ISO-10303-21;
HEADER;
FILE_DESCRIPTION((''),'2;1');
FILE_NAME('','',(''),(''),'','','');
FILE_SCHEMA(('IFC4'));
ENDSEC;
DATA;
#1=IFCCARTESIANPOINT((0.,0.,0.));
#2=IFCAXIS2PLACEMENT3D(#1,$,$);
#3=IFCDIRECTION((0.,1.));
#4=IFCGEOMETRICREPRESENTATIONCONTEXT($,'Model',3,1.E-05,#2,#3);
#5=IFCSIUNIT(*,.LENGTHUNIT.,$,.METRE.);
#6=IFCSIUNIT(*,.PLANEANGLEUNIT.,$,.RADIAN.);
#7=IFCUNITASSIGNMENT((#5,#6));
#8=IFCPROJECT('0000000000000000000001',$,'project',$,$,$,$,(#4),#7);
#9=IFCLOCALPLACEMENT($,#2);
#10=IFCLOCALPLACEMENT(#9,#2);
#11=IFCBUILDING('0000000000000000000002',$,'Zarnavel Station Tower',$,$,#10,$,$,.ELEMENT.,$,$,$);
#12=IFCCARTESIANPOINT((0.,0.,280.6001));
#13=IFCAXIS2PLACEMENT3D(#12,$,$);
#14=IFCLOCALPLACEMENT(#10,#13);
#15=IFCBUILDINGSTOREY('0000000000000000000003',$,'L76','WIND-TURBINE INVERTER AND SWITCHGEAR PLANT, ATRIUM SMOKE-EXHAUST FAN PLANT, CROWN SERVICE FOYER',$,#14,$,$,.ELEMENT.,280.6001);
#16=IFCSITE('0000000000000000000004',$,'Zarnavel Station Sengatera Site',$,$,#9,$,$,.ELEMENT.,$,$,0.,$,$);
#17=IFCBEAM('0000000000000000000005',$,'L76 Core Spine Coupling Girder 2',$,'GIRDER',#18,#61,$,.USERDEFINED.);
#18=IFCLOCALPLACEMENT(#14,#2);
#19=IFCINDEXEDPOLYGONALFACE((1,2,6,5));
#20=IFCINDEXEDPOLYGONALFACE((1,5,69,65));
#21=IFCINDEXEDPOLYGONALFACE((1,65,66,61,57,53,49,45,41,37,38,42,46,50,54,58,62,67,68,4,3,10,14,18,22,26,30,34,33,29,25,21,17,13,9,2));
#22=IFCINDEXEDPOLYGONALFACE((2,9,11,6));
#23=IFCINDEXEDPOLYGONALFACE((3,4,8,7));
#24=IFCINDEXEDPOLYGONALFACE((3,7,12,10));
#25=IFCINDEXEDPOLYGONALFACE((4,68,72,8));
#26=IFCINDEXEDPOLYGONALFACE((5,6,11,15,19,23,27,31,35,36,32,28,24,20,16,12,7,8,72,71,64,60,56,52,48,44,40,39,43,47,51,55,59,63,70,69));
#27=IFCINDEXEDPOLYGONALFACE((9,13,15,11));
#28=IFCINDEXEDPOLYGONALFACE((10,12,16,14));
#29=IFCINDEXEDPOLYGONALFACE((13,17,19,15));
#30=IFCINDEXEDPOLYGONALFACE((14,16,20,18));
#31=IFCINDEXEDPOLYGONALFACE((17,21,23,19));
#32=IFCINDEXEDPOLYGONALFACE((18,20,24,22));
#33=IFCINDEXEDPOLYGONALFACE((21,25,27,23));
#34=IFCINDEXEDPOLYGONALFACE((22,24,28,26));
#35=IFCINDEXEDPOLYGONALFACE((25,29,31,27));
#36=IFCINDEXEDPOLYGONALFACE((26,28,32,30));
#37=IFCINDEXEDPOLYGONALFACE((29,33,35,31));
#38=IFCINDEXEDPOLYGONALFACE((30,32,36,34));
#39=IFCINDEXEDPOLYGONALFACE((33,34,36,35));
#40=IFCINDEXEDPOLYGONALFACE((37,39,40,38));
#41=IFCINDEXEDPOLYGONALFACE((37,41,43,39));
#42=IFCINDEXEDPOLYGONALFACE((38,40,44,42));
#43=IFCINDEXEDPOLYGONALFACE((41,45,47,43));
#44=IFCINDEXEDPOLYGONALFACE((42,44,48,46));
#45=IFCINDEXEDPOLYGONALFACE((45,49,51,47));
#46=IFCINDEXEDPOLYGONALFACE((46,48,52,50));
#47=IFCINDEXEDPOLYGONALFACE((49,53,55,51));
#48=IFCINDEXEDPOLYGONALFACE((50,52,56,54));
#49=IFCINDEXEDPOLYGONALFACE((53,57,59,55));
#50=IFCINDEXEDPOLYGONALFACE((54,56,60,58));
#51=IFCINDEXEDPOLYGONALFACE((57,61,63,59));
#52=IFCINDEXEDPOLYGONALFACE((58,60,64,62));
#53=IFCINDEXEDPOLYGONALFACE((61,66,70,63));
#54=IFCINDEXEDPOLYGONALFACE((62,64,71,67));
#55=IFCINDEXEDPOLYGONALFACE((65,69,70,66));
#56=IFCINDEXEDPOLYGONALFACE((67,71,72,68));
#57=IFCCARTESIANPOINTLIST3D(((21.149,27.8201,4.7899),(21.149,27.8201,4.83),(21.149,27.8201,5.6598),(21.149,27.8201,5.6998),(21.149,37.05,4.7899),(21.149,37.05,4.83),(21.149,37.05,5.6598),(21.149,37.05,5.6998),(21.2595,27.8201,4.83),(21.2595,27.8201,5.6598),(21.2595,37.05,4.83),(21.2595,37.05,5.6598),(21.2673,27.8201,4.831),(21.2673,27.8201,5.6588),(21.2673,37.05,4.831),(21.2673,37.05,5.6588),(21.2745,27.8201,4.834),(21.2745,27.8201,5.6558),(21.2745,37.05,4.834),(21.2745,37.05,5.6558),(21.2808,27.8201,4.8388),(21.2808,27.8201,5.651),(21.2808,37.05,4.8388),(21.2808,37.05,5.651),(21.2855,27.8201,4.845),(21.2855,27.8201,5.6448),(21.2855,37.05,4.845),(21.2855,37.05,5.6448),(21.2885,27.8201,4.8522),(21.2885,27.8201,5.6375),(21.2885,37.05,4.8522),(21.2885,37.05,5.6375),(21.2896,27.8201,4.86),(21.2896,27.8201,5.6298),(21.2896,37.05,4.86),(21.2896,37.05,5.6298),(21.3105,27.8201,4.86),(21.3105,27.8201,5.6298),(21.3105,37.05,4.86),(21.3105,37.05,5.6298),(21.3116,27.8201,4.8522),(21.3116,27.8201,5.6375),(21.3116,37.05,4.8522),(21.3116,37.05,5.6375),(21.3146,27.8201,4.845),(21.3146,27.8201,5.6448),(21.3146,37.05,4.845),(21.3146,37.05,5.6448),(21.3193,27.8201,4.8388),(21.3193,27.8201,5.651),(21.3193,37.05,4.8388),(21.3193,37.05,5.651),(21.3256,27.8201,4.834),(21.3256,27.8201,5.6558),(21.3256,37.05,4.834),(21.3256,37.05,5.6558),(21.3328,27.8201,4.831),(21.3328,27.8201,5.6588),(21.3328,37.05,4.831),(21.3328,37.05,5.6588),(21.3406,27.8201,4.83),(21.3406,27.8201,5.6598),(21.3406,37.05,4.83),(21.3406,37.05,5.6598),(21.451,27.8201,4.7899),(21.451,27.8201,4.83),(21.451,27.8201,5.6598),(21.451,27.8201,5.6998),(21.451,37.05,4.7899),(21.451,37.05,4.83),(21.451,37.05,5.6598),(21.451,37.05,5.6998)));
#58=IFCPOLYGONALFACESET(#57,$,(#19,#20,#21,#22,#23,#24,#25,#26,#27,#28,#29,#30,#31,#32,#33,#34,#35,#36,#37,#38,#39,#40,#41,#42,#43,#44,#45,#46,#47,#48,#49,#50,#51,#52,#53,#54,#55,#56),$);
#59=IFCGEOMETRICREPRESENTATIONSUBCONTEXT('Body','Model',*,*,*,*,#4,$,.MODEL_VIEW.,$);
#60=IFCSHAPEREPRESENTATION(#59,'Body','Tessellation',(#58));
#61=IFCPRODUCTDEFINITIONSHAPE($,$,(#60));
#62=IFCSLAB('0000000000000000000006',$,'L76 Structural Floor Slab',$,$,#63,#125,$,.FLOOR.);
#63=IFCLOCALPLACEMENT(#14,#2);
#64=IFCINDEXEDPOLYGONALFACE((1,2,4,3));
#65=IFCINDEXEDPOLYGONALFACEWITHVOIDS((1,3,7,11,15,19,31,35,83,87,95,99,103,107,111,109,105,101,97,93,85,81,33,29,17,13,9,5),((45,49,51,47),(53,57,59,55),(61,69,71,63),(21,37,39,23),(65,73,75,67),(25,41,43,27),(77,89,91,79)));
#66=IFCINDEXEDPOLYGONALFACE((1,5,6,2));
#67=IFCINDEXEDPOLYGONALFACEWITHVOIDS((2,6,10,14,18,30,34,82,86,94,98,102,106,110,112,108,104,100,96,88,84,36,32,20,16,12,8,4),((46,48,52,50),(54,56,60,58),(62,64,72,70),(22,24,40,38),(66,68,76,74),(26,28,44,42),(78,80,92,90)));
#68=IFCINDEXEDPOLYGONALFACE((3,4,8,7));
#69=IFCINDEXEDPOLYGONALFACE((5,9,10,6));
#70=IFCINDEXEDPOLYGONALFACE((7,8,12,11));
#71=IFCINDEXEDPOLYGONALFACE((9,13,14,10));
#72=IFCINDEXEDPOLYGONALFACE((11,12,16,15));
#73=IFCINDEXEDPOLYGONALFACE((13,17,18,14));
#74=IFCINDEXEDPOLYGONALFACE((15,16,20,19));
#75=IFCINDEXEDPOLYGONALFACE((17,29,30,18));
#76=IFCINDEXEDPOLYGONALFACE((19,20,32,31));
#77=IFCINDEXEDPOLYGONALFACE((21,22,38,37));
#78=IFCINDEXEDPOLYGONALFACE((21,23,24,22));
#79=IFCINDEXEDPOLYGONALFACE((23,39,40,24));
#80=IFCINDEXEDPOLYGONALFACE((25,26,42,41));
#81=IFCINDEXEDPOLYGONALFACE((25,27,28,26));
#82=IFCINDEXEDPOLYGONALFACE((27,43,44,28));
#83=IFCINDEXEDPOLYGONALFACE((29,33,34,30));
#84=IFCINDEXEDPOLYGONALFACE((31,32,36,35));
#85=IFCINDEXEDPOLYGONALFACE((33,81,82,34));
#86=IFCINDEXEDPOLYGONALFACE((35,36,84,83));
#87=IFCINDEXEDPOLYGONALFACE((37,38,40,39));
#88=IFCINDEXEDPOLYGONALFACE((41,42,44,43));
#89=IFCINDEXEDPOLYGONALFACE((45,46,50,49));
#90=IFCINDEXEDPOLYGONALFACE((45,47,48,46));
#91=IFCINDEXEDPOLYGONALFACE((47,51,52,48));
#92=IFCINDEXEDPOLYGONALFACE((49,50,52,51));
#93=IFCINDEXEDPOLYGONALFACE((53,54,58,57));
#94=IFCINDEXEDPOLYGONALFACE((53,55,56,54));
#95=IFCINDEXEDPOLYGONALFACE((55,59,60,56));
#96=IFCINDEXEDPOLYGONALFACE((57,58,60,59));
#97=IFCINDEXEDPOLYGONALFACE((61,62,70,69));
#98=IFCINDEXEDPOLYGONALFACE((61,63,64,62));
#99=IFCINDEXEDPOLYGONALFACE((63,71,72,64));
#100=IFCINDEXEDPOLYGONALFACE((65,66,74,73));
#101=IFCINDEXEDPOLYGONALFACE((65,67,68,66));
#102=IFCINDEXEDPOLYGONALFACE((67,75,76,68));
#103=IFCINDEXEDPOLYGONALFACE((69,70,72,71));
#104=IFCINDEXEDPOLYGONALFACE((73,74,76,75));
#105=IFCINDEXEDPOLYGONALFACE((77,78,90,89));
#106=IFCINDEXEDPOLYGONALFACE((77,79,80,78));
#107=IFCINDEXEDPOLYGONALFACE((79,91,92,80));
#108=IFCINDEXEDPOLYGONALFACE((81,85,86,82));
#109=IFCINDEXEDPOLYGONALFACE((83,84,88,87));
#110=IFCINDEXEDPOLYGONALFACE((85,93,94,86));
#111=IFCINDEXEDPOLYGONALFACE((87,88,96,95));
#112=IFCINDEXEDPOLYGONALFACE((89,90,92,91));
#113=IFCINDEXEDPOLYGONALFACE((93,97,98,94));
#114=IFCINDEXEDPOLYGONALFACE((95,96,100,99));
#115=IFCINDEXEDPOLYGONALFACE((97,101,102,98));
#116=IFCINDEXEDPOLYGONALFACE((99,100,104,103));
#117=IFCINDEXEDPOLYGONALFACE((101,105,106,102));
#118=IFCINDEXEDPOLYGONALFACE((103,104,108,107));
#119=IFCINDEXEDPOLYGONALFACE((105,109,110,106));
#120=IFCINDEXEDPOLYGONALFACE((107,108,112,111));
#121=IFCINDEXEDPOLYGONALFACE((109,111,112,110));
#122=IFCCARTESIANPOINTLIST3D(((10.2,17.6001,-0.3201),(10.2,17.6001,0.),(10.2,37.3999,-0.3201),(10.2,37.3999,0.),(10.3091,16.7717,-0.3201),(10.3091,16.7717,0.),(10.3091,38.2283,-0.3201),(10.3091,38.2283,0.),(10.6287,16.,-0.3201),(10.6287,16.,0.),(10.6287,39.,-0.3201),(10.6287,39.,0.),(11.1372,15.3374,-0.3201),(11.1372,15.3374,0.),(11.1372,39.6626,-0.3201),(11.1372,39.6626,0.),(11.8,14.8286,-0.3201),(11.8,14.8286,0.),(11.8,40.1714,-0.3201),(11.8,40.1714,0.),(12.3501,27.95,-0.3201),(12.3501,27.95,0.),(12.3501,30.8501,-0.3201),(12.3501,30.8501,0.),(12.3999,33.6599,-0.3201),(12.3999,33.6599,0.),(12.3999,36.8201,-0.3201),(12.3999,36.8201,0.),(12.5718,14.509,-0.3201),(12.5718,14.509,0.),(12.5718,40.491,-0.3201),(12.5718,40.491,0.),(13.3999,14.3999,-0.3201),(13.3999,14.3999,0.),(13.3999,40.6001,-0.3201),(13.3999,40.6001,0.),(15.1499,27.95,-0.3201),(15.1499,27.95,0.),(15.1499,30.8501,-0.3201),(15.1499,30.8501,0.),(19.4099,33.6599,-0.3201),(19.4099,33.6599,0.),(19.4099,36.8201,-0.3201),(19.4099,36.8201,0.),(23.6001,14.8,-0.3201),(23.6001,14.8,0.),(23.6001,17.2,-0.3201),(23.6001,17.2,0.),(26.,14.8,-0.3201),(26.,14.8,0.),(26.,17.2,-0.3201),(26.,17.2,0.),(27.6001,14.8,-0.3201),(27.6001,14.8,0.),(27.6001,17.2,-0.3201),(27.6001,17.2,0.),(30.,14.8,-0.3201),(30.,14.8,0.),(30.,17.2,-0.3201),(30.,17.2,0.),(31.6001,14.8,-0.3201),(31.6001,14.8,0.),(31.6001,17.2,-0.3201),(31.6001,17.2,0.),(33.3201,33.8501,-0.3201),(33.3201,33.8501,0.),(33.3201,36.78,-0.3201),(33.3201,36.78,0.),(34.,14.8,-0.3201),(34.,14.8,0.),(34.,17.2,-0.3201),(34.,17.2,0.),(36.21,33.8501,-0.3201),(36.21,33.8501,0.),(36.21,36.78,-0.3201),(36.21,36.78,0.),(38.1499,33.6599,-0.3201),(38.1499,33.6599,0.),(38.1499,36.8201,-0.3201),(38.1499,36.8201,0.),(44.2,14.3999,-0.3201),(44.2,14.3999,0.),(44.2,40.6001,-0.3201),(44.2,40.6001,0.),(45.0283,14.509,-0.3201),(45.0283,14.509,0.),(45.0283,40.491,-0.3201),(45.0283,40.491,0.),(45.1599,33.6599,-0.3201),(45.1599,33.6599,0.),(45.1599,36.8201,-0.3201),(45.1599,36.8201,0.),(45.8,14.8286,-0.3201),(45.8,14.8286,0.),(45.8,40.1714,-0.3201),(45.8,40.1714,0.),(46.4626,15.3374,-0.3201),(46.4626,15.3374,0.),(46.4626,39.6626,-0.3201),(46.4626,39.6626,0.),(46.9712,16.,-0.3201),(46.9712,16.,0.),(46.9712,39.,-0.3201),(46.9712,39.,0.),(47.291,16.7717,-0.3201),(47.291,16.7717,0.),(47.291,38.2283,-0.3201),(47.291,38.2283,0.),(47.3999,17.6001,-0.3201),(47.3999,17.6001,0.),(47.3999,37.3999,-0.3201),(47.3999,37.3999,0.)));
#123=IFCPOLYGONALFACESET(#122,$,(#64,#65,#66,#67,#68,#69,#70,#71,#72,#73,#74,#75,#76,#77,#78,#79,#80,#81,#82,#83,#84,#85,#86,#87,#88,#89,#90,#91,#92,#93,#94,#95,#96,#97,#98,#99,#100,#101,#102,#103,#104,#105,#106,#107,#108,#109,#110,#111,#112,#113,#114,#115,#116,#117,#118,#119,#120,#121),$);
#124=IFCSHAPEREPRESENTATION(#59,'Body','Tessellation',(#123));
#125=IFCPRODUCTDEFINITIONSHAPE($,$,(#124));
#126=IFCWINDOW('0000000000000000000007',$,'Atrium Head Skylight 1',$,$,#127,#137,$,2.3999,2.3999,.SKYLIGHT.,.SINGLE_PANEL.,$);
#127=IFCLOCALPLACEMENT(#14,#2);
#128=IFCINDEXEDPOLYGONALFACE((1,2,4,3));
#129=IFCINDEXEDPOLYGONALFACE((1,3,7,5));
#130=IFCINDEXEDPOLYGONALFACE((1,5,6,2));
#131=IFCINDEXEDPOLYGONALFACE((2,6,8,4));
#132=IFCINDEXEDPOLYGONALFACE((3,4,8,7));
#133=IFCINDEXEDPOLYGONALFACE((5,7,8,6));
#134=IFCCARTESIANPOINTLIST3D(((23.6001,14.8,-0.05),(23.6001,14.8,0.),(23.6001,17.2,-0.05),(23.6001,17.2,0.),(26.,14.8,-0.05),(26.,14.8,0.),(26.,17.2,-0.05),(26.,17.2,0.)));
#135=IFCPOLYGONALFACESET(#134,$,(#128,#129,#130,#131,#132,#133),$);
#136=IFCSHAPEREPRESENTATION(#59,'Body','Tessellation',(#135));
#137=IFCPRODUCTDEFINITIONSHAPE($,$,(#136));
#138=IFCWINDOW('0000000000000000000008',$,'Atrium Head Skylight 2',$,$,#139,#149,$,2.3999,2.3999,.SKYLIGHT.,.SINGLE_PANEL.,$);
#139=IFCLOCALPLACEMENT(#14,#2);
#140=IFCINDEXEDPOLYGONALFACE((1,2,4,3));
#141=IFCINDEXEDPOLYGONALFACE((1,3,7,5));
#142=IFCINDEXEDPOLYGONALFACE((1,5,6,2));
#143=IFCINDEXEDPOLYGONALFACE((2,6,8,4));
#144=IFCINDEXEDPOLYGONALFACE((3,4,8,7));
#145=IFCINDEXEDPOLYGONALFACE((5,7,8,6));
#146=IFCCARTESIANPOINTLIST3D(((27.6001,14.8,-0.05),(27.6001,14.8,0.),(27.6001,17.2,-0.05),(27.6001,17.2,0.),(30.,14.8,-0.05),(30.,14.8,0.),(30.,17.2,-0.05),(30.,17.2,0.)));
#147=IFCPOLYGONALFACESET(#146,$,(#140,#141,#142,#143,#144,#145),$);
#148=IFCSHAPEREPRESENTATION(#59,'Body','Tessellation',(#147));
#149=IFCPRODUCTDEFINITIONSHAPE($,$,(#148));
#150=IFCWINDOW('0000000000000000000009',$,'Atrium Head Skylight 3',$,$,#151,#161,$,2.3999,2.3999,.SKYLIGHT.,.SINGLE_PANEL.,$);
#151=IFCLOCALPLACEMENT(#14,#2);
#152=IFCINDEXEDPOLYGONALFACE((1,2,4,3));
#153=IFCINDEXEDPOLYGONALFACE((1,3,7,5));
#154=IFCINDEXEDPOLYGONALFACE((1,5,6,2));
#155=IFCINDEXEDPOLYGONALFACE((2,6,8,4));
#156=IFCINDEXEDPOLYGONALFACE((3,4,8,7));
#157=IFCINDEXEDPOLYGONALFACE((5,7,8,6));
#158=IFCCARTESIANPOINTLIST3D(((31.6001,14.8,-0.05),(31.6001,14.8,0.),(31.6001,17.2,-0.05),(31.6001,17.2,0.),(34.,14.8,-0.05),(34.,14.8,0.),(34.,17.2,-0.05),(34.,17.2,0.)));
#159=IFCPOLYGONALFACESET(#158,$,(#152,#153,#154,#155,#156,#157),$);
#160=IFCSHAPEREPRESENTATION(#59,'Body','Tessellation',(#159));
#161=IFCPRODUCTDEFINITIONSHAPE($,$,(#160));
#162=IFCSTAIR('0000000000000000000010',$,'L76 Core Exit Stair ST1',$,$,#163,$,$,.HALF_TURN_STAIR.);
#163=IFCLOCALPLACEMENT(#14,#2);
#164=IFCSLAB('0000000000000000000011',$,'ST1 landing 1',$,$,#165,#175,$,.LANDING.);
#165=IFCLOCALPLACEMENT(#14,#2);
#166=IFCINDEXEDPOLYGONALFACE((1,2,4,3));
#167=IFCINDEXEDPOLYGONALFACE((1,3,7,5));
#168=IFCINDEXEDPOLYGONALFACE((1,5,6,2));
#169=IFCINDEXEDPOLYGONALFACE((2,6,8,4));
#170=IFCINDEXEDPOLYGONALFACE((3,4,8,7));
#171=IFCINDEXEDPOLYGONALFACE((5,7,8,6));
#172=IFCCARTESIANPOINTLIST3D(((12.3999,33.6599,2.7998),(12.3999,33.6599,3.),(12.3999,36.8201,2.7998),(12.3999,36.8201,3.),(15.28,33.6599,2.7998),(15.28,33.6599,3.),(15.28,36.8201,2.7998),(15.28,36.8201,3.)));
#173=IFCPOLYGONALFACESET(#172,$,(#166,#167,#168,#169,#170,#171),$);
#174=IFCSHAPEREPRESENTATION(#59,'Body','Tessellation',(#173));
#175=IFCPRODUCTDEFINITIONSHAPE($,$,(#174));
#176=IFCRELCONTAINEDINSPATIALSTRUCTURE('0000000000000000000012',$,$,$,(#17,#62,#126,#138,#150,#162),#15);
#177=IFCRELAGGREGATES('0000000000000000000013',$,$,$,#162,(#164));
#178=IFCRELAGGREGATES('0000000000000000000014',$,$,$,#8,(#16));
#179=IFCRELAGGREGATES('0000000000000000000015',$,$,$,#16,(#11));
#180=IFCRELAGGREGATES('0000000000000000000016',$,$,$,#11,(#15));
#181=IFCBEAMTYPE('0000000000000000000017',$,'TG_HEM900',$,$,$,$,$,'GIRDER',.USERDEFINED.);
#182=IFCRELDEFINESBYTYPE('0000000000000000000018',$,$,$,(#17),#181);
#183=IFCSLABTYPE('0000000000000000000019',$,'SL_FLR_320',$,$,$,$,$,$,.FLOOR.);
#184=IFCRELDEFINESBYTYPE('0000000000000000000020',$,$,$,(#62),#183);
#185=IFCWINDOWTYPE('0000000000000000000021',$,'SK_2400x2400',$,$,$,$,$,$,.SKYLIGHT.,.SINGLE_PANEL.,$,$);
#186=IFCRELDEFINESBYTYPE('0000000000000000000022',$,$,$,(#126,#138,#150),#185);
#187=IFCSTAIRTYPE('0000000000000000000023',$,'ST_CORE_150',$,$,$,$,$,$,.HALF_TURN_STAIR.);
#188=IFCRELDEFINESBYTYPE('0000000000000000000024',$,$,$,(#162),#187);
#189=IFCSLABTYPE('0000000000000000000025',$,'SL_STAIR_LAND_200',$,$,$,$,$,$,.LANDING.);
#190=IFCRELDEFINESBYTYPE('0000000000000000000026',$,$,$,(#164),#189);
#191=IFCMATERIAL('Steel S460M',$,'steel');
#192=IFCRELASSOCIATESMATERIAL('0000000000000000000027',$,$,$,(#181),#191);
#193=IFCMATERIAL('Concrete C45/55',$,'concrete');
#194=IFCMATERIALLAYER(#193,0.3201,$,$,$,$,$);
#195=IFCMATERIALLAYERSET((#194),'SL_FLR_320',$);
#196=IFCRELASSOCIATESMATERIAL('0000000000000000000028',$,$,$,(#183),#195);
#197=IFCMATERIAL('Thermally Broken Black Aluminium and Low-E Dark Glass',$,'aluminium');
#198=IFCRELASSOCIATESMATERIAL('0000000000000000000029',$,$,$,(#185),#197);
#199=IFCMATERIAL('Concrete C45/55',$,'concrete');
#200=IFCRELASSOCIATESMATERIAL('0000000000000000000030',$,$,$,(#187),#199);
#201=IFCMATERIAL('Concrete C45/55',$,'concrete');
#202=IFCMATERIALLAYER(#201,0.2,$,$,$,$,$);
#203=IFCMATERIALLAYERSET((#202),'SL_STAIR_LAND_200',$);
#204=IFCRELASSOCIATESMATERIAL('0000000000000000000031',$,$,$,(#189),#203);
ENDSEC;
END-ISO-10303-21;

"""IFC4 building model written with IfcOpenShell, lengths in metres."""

from ifc_helpers import new_model, si_unit, direction, frame, origin, origin_2d, place, context, subcontext, project, spatial, polyline, rectangle, i_section, outline, extrude, material, layer, layer_set, material_profile, profile_set, type_object, element, fill, aggregate, save


model = new_model("IFC4")

# Units and contexts
model_context = context("Model", 3, precision=1e-05, world=origin(), true_north=direction((0.0, 1.0)))
body_context = subcontext(model_context, "Body", "Model", "MODEL_VIEW")
ifc_project = project(units=[si_unit("LENGTHUNIT", "METRE"), si_unit("PLANEANGLEUNIT", "RADIAN")], contexts=[model_context])

# Site, building, storey
site_placement = place(None, origin())
site = spatial("IfcSite", under=ifc_project, at=site_placement, Name="Zarnavel Station Sengatera Site", CompositionType="ELEMENT", RefElevation=0.0)
building_placement = place(site_placement, origin())
building = spatial("IfcBuilding", under=site, at=building_placement, Name="Zarnavel Station Tower", CompositionType="ELEMENT")
storey_placement = place(building_placement, frame((0.0, 0.0, 280.6001)))
storey = spatial("IfcBuildingStorey", under=building, at=storey_placement, Name="L76", Description="WIND-TURBINE INVERTER AND SWITCHGEAR PLANT, ATRIUM SMOKE-EXHAUST FAN PLANT, CROWN SERVICE FOYER", CompositionType="ELEMENT", Elevation=280.6001)

# Beam
ifc_material_1 = material(Name="Steel S460M", Category="steel")
ifc_material_profile_1 = material_profile(ifc_material_1, i_section(OverallWidth=0.302, OverallDepth=0.9099, WebThickness=0.021, FlangeThickness=0.04, FilletRadius=0.03, at=origin_2d()), Name="HEM900")
ifc_profile_set_1 = profile_set([ifc_material_profile_1], Name="Steel S460M")
beam_type_1 = type_object("IfcBeamType", Name="TG_HEM900", ElementType="GIRDER", PredefinedType="USERDEFINED", material=ifc_profile_set_1)
for number, where, z_axis, x_axis, name in (
    (1, (21.3, 27.8201, 5.2449), (0.0, 1.0, 0.0), (-1.0, 0.0, 0.0), "L76 Core Spine Coupling Girder 2"),
):
    element("IfcBeam", number, at=place(storey_placement, frame(where, z_axis=z_axis, x_axis=x_axis)), inside=storey, type_object=beam_type_1, Name=name, ObjectType="GIRDER", PredefinedType="USERDEFINED", context=body_context, shape_type="SweptSolid", body=[
        extrude(i_section(OverallWidth=0.302, OverallDepth=0.9099, WebThickness=0.021, FlangeThickness=0.04, FilletRadius=0.03, at=origin_2d()), origin(), (0.0, 0.0, 1.0), 9.23),
    ])

# Slab, openings, windows
ifc_material_2 = material(Name="Concrete C45/55", Category="concrete")
ifc_layer_1 = layer(ifc_material_2, 0.3201)
ifc_layer_set_1 = layer_set([ifc_layer_1], Name="SL_FLR_320")
slab_type_1 = type_object("IfcSlabType", Name="SL_FLR_320", PredefinedType="FLOOR", material=ifc_layer_set_1)
slab_1_placement = place(storey_placement, frame((0.0, 0.0, -0.3201)))
slab_1 = element("IfcSlab", 2, at=slab_1_placement, inside=storey, type_object=slab_type_1, Name="L76 Structural Floor Slab", PredefinedType="FLOOR", context=body_context, shape_type="SweptSolid", body=[
    extrude(outline(polyline([(44.2, 14.3999), (45.0283, 14.509), (45.8, 14.8286), (46.4626, 15.3374), (46.9712, 16.0), (47.291, 16.7717), (47.3999, 17.6001), (47.3999, 37.3999), (47.291, 38.2283), (46.9712, 39.0), (46.4626, 39.6626), (45.8, 40.1714), (45.0283, 40.491), (44.2, 40.6001), (13.3999, 40.6001), (12.5718, 40.491), (11.8, 40.1714), (11.1372, 39.6626), (10.6287, 39.0), (10.3091, 38.2283), (10.2, 37.3999), (10.2, 17.6001), (10.3091, 16.7717), (10.6287, 16.0), (11.1372, 15.3374), (11.8, 14.8286), (12.5718, 14.509), (13.3999, 14.3999), (44.2, 14.3999)]), holes=[polyline([(12.3999, 33.6599), (19.4099, 33.6599), (19.4099, 36.8201), (12.3999, 36.8201), (12.3999, 33.6599)]), polyline([(38.1499, 33.6599), (45.1599, 33.6599), (45.1599, 36.8201), (38.1499, 36.8201), (38.1499, 33.6599)]), polyline([(12.3501, 27.95), (15.1499, 27.95), (15.1499, 30.8501), (12.3501, 30.8501), (12.3501, 27.95)]), polyline([(33.3201, 33.8501), (36.21, 33.8501), (36.21, 36.78), (33.3201, 36.78), (33.3201, 33.8501)]), polyline([(23.6001, 14.8), (26.0, 14.8), (26.0, 17.2), (23.6001, 17.2), (23.6001, 14.8)]), polyline([(27.6001, 14.8), (30.0, 14.8), (30.0, 17.2), (27.6001, 17.2), (27.6001, 14.8)]), polyline([(31.6001, 14.8), (34.0, 14.8), (34.0, 17.2), (31.6001, 17.2), (31.6001, 14.8)])]), origin(), (0.0, 0.0, 1.0), 0.3201),
])
opening_1_placement = place(slab_1_placement, frame((24.8, 16.0, 0.0)))
opening_1 = element("IfcOpeningElement", 3, at=opening_1_placement, cuts=slab_1, PredefinedType="OPENING", context=body_context, shape_type="SweptSolid", body=[
    extrude(rectangle(XDim=2.3999, YDim=2.3999, at=origin_2d()), origin(), (0.0, 0.0, 1.0), 0.3201),
])
opening_2_placement = place(slab_1_placement, frame((28.8, 16.0, 0.0)))
opening_2 = element("IfcOpeningElement", 4, at=opening_2_placement, cuts=slab_1, PredefinedType="OPENING", context=body_context, shape_type="SweptSolid", body=[
    extrude(rectangle(XDim=2.3999, YDim=2.3999, at=origin_2d()), origin(), (0.0, 0.0, 1.0), 0.3201),
])
opening_3_placement = place(slab_1_placement, frame((32.8, 16.0, 0.0)))
opening_3 = element("IfcOpeningElement", 5, at=opening_3_placement, cuts=slab_1, PredefinedType="OPENING", context=body_context, shape_type="SweptSolid", body=[
    extrude(rectangle(XDim=2.3999, YDim=2.3999, at=origin_2d()), origin(), (0.0, 0.0, 1.0), 0.3201),
])
ifc_material_3 = material(Name="Thermally Broken Black Aluminium and Low-E Dark Glass", Category="aluminium")
window_type = type_object("IfcWindowType", Name="SK_2400x2400", PartitioningType="SINGLE_PANEL", PredefinedType="SKYLIGHT", material=ifc_material_3)
window_1_placement = place(opening_1_placement, frame((0.0, 0.0, 0.27)))
window_1 = element("IfcWindow", 6, at=window_1_placement, inside=storey, type_object=window_type, Name="Atrium Head Skylight 1", OverallHeight=2.3999, OverallWidth=2.3999, PartitioningType="SINGLE_PANEL", PredefinedType="SKYLIGHT", context=body_context, shape_type="SweptSolid", body=[
    extrude(rectangle(XDim=2.3999, YDim=2.3999, at=origin_2d()), origin(), (0.0, 0.0, 1.0), 0.05),
])
fill(opening_1, window_1)
window_2_placement = place(opening_2_placement, frame((0.0, 0.0, 0.27)))
window_2 = element("IfcWindow", 7, at=window_2_placement, inside=storey, type_object=window_type, Name="Atrium Head Skylight 2", OverallHeight=2.3999, OverallWidth=2.3999, PartitioningType="SINGLE_PANEL", PredefinedType="SKYLIGHT", context=body_context, shape_type="SweptSolid", body=[
    extrude(rectangle(XDim=2.3999, YDim=2.3999, at=origin_2d()), origin(), (0.0, 0.0, 1.0), 0.05),
])
fill(opening_2, window_2)
window_3_placement = place(opening_3_placement, frame((0.0, 0.0, 0.27)))
window_3 = element("IfcWindow", 8, at=window_3_placement, inside=storey, type_object=window_type, Name="Atrium Head Skylight 3", OverallHeight=2.3999, OverallWidth=2.3999, PartitioningType="SINGLE_PANEL", PredefinedType="SKYLIGHT", context=body_context, shape_type="SweptSolid", body=[
    extrude(rectangle(XDim=2.3999, YDim=2.3999, at=origin_2d()), origin(), (0.0, 0.0, 1.0), 0.05),
])
fill(opening_3, window_3)

# Stair, slab
ifc_material_4 = material(Name="Concrete C45/55", Category="concrete")
stair_type = type_object("IfcStairType", Name="ST_CORE_150", PredefinedType="HALF_TURN_STAIR", material=ifc_material_4)
stair_1_placement = place(storey_placement, origin())
stair_1 = element("IfcStair", 9, at=stair_1_placement, inside=storey, type_object=stair_type, Name="L76 Core Exit Stair ST1", PredefinedType="HALF_TURN_STAIR")
ifc_material_5 = material(Name="Concrete C45/55", Category="concrete")
ifc_layer_2 = layer(ifc_material_5, 0.2)
ifc_layer_set_2 = layer_set([ifc_layer_2], Name="SL_STAIR_LAND_200")
slab_type_2 = type_object("IfcSlabType", Name="SL_STAIR_LAND_200", PredefinedType="LANDING", material=ifc_layer_set_2)
slab_2_placement = place(storey_placement, frame((0.0, 0.0, 2.7998)))
slab_2 = element("IfcSlab", 10, at=slab_2_placement, type_object=slab_type_2, Name="ST1 landing 1", PredefinedType="LANDING", context=body_context, shape_type="SweptSolid", body=[
    extrude(outline(polyline([(15.28, 36.8201), (12.3999, 36.8201), (12.3999, 33.6599), (15.28, 33.6599), (15.28, 36.8201)])), origin(), (0.0, 0.0, 1.0), 0.2002),
])
aggregate(stair_1, [slab_2])

save(model, "model.ifc")
